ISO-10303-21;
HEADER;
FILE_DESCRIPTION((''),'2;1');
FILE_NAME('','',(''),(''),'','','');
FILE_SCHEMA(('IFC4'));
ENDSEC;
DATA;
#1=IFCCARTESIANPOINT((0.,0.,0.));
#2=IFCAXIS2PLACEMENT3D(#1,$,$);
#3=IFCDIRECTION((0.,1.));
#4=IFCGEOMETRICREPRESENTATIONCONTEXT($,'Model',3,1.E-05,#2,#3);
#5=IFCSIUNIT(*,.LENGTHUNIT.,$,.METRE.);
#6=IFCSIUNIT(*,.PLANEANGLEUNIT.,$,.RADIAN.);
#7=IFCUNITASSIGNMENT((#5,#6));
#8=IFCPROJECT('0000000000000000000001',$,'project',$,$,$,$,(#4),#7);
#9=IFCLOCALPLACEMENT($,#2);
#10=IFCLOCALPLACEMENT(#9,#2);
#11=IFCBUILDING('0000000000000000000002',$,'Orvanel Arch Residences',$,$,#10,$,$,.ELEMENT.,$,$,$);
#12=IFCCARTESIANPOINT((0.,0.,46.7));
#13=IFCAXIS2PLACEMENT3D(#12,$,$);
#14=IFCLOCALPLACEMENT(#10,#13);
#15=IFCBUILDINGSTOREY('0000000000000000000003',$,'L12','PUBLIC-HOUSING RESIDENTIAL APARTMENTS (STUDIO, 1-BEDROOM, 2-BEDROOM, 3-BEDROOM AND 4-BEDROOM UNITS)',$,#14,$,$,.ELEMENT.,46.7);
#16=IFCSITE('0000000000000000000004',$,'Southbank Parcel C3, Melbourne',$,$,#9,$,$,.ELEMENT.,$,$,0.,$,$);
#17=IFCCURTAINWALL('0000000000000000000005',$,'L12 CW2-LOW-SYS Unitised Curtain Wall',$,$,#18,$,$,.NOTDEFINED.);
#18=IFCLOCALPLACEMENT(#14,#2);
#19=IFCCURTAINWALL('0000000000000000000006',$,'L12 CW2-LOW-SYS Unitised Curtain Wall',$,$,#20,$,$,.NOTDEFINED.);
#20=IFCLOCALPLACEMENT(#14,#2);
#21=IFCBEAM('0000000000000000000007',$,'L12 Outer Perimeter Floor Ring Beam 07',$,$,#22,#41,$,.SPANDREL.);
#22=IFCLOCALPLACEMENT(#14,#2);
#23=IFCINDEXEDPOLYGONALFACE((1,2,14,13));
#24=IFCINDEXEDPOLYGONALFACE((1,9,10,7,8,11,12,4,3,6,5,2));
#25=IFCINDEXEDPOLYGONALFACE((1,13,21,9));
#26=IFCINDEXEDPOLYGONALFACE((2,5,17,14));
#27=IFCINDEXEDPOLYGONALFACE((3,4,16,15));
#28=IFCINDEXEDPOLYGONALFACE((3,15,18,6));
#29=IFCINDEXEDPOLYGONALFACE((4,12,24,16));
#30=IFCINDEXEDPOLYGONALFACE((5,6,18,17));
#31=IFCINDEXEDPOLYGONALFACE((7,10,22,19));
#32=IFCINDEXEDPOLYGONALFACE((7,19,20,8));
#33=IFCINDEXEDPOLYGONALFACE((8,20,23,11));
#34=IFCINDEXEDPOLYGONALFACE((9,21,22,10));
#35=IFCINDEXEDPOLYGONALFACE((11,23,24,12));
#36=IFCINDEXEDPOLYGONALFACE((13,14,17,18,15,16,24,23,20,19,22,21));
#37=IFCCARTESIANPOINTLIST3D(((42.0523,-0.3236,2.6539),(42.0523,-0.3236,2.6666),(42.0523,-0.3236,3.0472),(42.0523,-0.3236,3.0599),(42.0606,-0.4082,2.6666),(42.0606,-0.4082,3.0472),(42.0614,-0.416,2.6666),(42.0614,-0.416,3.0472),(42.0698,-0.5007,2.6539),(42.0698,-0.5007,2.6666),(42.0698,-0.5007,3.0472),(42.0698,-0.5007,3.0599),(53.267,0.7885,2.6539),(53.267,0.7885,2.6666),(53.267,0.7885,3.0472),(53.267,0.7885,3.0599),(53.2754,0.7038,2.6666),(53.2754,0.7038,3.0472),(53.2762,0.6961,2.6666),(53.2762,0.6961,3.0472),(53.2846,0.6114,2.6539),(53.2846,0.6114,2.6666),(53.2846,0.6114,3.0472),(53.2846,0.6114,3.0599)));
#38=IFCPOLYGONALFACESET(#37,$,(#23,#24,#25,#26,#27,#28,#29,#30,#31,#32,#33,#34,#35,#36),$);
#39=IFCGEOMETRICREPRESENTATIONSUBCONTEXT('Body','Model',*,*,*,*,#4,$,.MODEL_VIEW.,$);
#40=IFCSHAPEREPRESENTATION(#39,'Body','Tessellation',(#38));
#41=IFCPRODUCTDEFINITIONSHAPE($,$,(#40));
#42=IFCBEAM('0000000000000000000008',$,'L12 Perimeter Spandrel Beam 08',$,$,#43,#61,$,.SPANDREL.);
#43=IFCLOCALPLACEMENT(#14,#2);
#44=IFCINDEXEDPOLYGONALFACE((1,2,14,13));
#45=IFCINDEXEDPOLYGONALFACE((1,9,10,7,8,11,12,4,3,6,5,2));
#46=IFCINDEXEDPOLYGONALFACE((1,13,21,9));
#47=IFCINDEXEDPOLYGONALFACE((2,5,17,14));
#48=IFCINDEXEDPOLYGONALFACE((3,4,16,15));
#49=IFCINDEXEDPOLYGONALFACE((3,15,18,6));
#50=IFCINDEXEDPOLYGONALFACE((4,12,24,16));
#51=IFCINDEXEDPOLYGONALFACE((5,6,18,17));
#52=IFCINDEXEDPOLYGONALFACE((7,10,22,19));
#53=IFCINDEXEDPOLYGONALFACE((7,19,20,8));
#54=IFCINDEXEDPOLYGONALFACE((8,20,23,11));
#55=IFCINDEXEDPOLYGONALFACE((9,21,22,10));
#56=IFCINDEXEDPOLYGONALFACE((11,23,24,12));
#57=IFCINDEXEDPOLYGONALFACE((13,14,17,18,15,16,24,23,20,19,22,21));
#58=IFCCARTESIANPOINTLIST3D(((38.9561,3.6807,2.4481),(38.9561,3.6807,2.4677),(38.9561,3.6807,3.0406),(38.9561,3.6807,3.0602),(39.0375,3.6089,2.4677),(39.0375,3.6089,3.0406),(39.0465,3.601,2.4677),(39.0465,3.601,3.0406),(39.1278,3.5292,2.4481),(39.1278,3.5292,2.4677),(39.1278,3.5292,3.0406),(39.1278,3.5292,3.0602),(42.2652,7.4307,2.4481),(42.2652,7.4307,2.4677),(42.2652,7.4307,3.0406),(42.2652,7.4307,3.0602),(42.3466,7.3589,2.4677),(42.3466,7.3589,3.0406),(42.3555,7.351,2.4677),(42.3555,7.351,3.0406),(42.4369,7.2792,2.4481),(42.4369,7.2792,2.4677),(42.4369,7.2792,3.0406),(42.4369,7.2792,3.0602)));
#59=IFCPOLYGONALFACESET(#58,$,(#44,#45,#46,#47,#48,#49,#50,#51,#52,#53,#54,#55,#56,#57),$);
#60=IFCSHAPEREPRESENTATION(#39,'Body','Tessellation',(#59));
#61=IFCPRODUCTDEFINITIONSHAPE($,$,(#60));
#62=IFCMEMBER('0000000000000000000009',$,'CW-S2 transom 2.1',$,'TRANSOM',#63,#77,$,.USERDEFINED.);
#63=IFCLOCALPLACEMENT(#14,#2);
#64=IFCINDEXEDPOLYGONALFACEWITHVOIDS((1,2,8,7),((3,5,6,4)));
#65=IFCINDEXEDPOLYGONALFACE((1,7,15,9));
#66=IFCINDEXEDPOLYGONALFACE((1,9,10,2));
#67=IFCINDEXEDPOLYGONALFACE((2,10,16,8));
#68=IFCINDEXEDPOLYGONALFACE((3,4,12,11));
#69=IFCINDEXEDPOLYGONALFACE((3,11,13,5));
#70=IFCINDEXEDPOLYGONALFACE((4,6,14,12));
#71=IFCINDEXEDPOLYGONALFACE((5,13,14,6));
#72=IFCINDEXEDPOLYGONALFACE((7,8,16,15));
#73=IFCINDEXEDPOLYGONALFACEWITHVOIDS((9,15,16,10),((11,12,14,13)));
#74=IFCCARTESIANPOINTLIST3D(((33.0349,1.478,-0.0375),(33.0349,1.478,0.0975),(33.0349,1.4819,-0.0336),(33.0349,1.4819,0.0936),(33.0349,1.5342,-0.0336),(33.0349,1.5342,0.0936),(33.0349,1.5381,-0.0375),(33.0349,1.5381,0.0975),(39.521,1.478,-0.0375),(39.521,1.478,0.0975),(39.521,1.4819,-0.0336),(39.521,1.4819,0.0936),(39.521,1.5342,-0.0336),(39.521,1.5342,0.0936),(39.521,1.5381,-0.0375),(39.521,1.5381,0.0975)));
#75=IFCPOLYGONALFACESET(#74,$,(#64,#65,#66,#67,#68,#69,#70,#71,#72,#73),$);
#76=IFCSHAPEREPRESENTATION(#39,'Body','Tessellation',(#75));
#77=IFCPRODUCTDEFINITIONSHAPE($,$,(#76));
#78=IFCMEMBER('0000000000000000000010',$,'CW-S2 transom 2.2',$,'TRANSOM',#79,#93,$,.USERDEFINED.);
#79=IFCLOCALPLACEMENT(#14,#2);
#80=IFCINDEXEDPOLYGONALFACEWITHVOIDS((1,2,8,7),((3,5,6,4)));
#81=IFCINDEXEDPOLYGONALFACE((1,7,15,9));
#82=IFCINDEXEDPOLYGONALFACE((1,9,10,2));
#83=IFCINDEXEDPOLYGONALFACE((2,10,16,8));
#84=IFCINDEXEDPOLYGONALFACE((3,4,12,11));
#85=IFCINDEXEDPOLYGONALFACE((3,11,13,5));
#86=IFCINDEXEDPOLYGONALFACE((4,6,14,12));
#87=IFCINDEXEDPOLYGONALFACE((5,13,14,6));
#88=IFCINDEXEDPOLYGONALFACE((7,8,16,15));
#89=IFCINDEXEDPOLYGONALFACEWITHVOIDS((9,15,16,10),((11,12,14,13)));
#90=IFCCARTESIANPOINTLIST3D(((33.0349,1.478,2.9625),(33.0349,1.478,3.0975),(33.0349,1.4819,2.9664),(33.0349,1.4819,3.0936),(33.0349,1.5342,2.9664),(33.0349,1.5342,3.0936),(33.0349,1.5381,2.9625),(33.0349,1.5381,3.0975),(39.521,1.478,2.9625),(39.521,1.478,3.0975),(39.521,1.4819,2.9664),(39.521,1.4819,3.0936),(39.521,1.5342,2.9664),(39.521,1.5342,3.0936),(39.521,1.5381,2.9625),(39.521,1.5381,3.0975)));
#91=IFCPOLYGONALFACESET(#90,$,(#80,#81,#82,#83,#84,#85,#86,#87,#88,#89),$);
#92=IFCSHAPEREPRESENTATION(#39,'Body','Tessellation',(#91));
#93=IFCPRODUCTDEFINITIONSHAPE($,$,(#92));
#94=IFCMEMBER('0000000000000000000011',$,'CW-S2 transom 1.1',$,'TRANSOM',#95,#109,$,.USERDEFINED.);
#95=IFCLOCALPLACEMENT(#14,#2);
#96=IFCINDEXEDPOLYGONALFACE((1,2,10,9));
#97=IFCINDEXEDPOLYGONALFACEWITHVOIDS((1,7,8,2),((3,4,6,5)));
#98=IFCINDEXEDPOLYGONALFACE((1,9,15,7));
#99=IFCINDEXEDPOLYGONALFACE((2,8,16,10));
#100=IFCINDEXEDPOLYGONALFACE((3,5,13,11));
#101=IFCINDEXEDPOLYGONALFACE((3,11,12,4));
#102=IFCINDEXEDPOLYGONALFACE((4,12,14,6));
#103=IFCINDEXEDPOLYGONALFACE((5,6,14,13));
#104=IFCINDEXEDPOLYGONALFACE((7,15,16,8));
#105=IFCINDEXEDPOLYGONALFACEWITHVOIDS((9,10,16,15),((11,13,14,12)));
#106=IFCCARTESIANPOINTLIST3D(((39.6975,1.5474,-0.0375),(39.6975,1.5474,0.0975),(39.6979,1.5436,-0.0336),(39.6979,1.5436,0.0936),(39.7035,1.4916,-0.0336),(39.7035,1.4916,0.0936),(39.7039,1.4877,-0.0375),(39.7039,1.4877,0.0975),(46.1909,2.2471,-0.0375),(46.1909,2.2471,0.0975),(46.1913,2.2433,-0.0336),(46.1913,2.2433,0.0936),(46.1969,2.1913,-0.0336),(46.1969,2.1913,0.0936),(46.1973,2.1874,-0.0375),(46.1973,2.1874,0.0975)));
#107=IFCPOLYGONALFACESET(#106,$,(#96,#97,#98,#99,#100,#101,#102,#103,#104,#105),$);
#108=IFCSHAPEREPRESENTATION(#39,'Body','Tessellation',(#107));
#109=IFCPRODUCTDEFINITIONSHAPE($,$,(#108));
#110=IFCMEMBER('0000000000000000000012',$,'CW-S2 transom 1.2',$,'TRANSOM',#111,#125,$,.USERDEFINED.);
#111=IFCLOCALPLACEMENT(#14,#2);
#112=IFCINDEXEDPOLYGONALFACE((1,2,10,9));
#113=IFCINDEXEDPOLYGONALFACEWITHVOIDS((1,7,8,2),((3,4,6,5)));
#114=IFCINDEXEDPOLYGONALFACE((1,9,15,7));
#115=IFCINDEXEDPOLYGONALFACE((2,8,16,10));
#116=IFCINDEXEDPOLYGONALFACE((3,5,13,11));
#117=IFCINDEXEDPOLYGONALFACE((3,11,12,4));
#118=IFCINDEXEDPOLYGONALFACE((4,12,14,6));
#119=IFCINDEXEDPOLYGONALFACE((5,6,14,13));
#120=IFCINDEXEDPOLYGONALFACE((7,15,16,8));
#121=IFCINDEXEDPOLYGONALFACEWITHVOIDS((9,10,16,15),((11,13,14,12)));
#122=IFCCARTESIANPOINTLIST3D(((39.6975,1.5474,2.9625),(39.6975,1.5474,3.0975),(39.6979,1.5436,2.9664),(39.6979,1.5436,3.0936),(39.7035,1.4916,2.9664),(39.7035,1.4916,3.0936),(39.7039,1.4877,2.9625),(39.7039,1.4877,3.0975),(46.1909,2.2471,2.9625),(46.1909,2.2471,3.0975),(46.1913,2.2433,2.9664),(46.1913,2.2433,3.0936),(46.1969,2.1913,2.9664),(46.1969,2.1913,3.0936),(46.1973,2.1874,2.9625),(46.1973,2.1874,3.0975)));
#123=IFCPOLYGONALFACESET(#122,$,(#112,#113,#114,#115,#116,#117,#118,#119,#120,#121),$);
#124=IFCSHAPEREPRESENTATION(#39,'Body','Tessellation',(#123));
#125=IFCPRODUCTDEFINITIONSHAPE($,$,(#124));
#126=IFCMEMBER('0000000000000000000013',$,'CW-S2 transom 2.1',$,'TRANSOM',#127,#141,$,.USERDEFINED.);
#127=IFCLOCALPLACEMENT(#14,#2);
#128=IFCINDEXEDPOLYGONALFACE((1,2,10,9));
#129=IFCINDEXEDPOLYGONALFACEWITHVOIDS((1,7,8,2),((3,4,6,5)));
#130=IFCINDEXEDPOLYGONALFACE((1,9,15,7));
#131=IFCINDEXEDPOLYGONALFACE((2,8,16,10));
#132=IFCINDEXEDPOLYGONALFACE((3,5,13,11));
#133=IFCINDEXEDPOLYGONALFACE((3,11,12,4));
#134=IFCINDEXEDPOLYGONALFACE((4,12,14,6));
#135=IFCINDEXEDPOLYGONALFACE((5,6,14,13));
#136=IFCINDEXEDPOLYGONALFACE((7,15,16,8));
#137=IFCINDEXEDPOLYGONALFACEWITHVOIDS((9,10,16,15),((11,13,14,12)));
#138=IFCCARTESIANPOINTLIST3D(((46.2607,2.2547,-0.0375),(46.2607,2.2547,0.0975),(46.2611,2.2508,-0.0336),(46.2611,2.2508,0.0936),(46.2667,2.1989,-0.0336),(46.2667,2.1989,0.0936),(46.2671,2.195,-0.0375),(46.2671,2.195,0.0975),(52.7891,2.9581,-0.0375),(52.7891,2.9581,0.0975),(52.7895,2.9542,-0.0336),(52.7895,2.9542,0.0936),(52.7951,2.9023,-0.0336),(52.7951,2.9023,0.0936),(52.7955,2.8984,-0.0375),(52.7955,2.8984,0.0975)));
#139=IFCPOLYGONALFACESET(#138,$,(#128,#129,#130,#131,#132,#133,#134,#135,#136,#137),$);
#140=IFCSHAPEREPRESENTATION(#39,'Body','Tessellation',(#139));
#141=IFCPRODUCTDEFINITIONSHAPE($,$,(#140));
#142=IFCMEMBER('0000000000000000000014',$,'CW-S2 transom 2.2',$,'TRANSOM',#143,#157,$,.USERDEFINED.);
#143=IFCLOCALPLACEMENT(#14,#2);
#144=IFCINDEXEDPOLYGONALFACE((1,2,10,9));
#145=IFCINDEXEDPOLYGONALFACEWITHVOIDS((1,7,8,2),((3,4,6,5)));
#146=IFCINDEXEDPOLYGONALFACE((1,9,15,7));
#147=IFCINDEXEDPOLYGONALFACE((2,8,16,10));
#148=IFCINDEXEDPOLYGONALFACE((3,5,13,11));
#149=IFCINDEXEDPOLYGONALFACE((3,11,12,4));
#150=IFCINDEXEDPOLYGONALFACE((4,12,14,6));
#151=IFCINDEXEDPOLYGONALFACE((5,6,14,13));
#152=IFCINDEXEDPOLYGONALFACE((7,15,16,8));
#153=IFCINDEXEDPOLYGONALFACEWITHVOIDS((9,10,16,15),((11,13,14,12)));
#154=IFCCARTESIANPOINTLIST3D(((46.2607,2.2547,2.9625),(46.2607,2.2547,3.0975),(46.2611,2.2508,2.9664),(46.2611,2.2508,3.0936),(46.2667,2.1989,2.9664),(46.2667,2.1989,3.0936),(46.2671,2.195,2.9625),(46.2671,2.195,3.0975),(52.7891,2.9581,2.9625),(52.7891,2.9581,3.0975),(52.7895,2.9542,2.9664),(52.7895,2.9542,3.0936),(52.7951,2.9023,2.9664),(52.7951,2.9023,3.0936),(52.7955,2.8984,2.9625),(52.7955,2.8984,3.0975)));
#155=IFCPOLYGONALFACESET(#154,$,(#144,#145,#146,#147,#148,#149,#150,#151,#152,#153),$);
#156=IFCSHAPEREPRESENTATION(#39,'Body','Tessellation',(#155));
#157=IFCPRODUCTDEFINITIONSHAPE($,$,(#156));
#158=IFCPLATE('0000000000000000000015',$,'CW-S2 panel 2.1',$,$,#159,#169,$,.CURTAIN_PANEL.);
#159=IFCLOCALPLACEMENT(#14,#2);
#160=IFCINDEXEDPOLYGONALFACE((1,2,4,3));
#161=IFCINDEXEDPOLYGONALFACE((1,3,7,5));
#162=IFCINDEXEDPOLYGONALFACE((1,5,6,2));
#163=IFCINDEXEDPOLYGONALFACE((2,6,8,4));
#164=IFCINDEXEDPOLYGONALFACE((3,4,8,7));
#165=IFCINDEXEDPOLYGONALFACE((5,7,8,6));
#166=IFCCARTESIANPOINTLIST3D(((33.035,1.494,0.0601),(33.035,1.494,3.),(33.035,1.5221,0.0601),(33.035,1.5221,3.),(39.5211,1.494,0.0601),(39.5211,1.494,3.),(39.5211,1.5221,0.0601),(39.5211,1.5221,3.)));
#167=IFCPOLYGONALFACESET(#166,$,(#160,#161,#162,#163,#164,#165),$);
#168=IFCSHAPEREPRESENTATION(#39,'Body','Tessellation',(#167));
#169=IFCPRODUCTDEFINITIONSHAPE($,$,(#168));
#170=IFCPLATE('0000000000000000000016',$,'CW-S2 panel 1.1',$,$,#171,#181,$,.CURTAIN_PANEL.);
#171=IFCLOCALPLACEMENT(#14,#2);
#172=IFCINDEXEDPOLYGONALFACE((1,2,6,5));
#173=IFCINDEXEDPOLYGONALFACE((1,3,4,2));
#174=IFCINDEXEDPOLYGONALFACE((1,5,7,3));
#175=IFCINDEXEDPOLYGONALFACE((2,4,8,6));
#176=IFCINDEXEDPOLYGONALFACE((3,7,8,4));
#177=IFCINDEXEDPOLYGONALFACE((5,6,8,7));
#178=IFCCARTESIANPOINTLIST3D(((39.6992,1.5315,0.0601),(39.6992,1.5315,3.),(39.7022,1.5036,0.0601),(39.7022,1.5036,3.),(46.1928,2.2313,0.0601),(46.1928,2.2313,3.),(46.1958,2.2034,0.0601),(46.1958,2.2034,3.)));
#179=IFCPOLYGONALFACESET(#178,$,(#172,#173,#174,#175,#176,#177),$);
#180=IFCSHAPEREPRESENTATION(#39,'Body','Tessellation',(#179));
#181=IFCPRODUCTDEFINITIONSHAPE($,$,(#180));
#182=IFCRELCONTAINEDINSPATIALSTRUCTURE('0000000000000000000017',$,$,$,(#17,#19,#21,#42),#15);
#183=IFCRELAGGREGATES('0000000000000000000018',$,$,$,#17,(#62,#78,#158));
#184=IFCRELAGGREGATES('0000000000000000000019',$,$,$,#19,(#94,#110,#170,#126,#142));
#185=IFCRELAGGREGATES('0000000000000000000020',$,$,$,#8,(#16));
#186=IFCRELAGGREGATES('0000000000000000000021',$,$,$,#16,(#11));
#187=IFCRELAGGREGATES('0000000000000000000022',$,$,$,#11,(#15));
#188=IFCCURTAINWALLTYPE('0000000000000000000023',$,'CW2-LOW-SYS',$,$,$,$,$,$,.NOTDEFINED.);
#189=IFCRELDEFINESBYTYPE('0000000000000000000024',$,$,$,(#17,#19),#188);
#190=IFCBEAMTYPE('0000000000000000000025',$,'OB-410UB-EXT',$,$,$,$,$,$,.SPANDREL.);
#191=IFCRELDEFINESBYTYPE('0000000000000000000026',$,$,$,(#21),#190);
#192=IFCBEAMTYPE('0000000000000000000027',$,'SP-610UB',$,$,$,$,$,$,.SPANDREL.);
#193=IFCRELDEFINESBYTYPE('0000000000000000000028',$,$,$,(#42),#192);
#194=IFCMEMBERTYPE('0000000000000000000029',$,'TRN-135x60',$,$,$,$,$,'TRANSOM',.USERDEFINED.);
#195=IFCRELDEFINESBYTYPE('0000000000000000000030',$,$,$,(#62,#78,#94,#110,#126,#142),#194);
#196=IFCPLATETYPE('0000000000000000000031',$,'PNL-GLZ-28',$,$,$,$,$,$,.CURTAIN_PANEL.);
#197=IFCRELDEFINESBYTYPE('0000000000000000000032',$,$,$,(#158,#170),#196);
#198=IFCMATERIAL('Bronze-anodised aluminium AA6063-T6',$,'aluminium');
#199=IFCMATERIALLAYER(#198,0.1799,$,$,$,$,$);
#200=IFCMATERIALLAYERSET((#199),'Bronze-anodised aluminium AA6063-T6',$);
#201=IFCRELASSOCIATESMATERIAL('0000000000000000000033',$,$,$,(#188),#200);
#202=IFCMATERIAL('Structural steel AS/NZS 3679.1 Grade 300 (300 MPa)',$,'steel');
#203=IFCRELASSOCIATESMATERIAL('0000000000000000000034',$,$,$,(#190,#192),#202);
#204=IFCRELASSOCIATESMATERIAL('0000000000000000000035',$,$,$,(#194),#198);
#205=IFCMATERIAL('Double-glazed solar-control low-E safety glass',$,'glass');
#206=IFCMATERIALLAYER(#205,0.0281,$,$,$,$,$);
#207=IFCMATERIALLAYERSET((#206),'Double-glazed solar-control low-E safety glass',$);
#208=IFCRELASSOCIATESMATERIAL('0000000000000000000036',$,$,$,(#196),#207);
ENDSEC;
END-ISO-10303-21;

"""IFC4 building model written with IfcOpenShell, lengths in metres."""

from ifc_helpers import new_model, si_unit, direction, frame, origin, origin_2d, place, context, subcontext, project, spatial, rectangle, hollow_rectangle, i_section, extrude, material, layer, layer_set, material_profile, profile_set, type_object, element, aggregate, save


model = new_model("IFC4")

# Units and contexts
model_context = context("Model", 3, precision=1e-05, world=origin(), true_north=direction((0.0, 1.0)))
body_context = subcontext(model_context, "Body", "Model", "MODEL_VIEW")
ifc_project = project(units=[si_unit("LENGTHUNIT", "METRE"), si_unit("PLANEANGLEUNIT", "RADIAN")], contexts=[model_context])

# Site, building, storey
site_placement = place(None, origin())
site = spatial("IfcSite", under=ifc_project, at=site_placement, Name="Southbank Parcel C3, Melbourne", CompositionType="ELEMENT", RefElevation=0.0)
building_placement = place(site_placement, origin())
building = spatial("IfcBuilding", under=site, at=building_placement, Name="Orvanel Arch Residences", CompositionType="ELEMENT")
storey_placement = place(building_placement, frame((0.0, 0.0, 46.7)))
storey = spatial("IfcBuildingStorey", under=building, at=storey_placement, Name="L12", Description="PUBLIC-HOUSING RESIDENTIAL APARTMENTS (STUDIO, 1-BEDROOM, 2-BEDROOM, 3-BEDROOM AND 4-BEDROOM UNITS)", CompositionType="ELEMENT", Elevation=46.7)

# Curtain walls
ifc_material_1 = material(Name="Bronze-anodised aluminium AA6063-T6", Category="aluminium")
ifc_layer_1 = layer(ifc_material_1, 0.1799)
ifc_layer_set_1 = layer_set([ifc_layer_1], Name="Bronze-anodised aluminium AA6063-T6")
curtain_wall_type = type_object("IfcCurtainWallType", Name="CW2-LOW-SYS", PredefinedType="NOTDEFINED", material=ifc_layer_set_1)
curtain_wall_1_placement = place(storey_placement, origin())
curtain_wall_1 = element("IfcCurtainWall", 1, at=curtain_wall_1_placement, inside=storey, type_object=curtain_wall_type, Name="L12 CW2-LOW-SYS Unitised Curtain Wall", PredefinedType="NOTDEFINED")
curtain_wall_2_placement = place(storey_placement, origin())
curtain_wall_2 = element("IfcCurtainWall", 2, at=curtain_wall_2_placement, inside=storey, type_object=curtain_wall_type, Name="L12 CW2-LOW-SYS Unitised Curtain Wall", PredefinedType="NOTDEFINED")

# Beams
ifc_material_2 = material(Name="Structural steel AS/NZS 3679.1 Grade 300 (300 MPa)", Category="steel")
ifc_material_profile_1 = material_profile(ifc_material_2, i_section(OverallWidth=0.178, OverallDepth=0.406, WebThickness=0.0078, FlangeThickness=0.0127, at=origin_2d()), Name="410UB59.7")
ifc_profile_set_1 = profile_set([ifc_material_profile_1], Name="Structural steel AS/NZS 3679.1 Grade 300 (300 MPa)")
beam_type_1 = type_object("IfcBeamType", Name="OB-410UB-EXT", PredefinedType="SPANDREL", material=ifc_profile_set_1)
beam_1_placement = place(storey_placement, frame((42.061, -0.4121, 2.8569), z_axis=(0.99512, 0.098676, 0.0), x_axis=(-0.098676, 0.99512, 0.0)))
element("IfcBeam", 3, at=beam_1_placement, inside=storey, type_object=beam_type_1, Name="L12 Outer Perimeter Floor Ring Beam 07", PredefinedType="SPANDREL", context=body_context, shape_type="SweptSolid", body=[
    extrude(i_section(OverallWidth=0.178, OverallDepth=0.406, WebThickness=0.0078, FlangeThickness=0.0127, at=origin_2d()), origin(), (0.0, 0.0, 1.0), 11.2698),
])
ifc_material_profile_2 = material_profile(ifc_material_2, i_section(OverallWidth=0.229, OverallDepth=0.6121, WebThickness=0.012, FlangeThickness=0.0195, at=origin_2d()), Name="610UB125")
ifc_profile_set_2 = profile_set([ifc_material_profile_2], Name="Structural steel AS/NZS 3679.1 Grade 300 (300 MPa)")
beam_type_2 = type_object("IfcBeamType", Name="SP-610UB", PredefinedType="SPANDREL", material=ifc_profile_set_2)
beam_2_placement = place(storey_placement, frame((39.042, 3.605, 2.7542), z_axis=(0.661651, 0.749812, 0.0), x_axis=(-0.749812, 0.661651, 0.0)))
element("IfcBeam", 4, at=beam_2_placement, inside=storey, type_object=beam_type_2, Name="L12 Perimeter Spandrel Beam 08", PredefinedType="SPANDREL", context=body_context, shape_type="SweptSolid", body=[
    extrude(i_section(OverallWidth=0.229, OverallDepth=0.6121, WebThickness=0.012, FlangeThickness=0.0195, at=origin_2d()), origin(), (0.0, 0.0, 1.0), 5.0012),
])

# Members
ifc_material_profile_3 = material_profile(ifc_material_1, hollow_rectangle(XDim=0.0601, YDim=0.135, WallThickness=0.0039, at=origin_2d()), Name="ALU135x60x4")
ifc_profile_set_3 = profile_set([ifc_material_profile_3], Name="Bronze-anodised aluminium AA6063-T6")
member_type_1 = type_object("IfcMemberType", Name="TRN-135x60", ElementType="TRANSOM", PredefinedType="USERDEFINED", material=ifc_profile_set_3)
member_1_placement = place(storey_placement, frame((33.0349, 1.5081, 0.03), z_axis=(1.0, 0.0, 0.0), x_axis=(0.0, 1.0, 0.0)))
member_1 = element("IfcMember", 5, at=member_1_placement, type_object=member_type_1, Name="CW-S2 transom 2.1", ObjectType="TRANSOM", PredefinedType="USERDEFINED", context=body_context, shape_type="SweptSolid", body=[
    extrude(hollow_rectangle(XDim=0.0601, YDim=0.135, WallThickness=0.0039, at=origin_2d()), origin(), (0.0, 0.0, 1.0), 6.4861),
])
member_2_placement = place(storey_placement, frame((33.0349, 1.5081, 3.03), z_axis=(1.0, 0.0, 0.0), x_axis=(0.0, 1.0, 0.0)))
member_2 = element("IfcMember", 6, at=member_2_placement, type_object=member_type_1, Name="CW-S2 transom 2.2", ObjectType="TRANSOM", PredefinedType="USERDEFINED", context=body_context, shape_type="SweptSolid", body=[
    extrude(hollow_rectangle(XDim=0.0601, YDim=0.135, WallThickness=0.0039, at=origin_2d()), origin(), (0.0, 0.0, 1.0), 6.4861),
])
member_3_placement = place(storey_placement, frame((39.7007, 1.5176, 0.03), z_axis=(0.994244, 0.107136, 0.0), x_axis=(-0.107136, 0.994244, 0.0)))
member_3 = element("IfcMember", 7, at=member_3_placement, type_object=member_type_1, Name="CW-S2 transom 1.1", ObjectType="TRANSOM", PredefinedType="USERDEFINED", context=body_context, shape_type="SweptSolid", body=[
    extrude(hollow_rectangle(XDim=0.0601, YDim=0.135, WallThickness=0.0039, at=origin_2d()), origin(), (0.0, 0.0, 1.0), 6.531),
])
member_4_placement = place(storey_placement, frame((39.7007, 1.5176, 3.03), z_axis=(0.994244, 0.107136, 0.0), x_axis=(-0.107136, 0.994244, 0.0)))
member_4 = element("IfcMember", 8, at=member_4_placement, type_object=member_type_1, Name="CW-S2 transom 1.2", ObjectType="TRANSOM", PredefinedType="USERDEFINED", context=body_context, shape_type="SweptSolid", body=[
    extrude(hollow_rectangle(XDim=0.0601, YDim=0.135, WallThickness=0.0039, at=origin_2d()), origin(), (0.0, 0.0, 1.0), 6.531),
])
member_5_placement = place(storey_placement, frame((46.2639, 2.2249, 0.03), z_axis=(0.994246, 0.107121, 0.0), x_axis=(-0.107121, 0.994246, 0.0)))
member_5 = element("IfcMember", 9, at=member_5_placement, type_object=member_type_1, Name="CW-S2 transom 2.1", ObjectType="TRANSOM", PredefinedType="USERDEFINED", context=body_context, shape_type="SweptSolid", body=[
    extrude(hollow_rectangle(XDim=0.0601, YDim=0.135, WallThickness=0.0039, at=origin_2d()), origin(), (0.0, 0.0, 1.0), 6.5662),
])
member_6_placement = place(storey_placement, frame((46.2639, 2.2249, 3.03), z_axis=(0.994246, 0.107121, 0.0), x_axis=(-0.107121, 0.994246, 0.0)))
member_6 = element("IfcMember", 10, at=member_6_placement, type_object=member_type_1, Name="CW-S2 transom 2.2", ObjectType="TRANSOM", PredefinedType="USERDEFINED", context=body_context, shape_type="SweptSolid", body=[
    extrude(hollow_rectangle(XDim=0.0601, YDim=0.135, WallThickness=0.0039, at=origin_2d()), origin(), (0.0, 0.0, 1.0), 6.5662),
])

# Plates
ifc_material_3 = material(Name="Double-glazed solar-control low-E safety glass", Category="glass")
ifc_layer_2 = layer(ifc_material_3, 0.0281)
ifc_layer_set_2 = layer_set([ifc_layer_2], Name="Double-glazed solar-control low-E safety glass")
plate_type = type_object("IfcPlateType", Name="PNL-GLZ-28", PredefinedType="CURTAIN_PANEL", material=ifc_layer_set_2)
plate_1_placement = place(storey_placement, frame((36.2781, 1.5081, 0.0601), z_axis=(0.0, 0.0, 1.0), x_axis=(1.0, 0.0, 0.0)))
plate_1 = element("IfcPlate", 11, at=plate_1_placement, type_object=plate_type, Name="CW-S2 panel 2.1", PredefinedType="CURTAIN_PANEL", context=body_context, shape_type="SweptSolid", body=[
    extrude(rectangle(XDim=6.4861, YDim=0.0281, at=origin_2d()), origin(), (0.0, 0.0, 1.0), 2.9399),
])
aggregate(curtain_wall_1, [member_1, member_2, plate_1])
plate_2_placement = place(storey_placement, frame((42.9475, 1.8674, 0.0601), z_axis=(0.0, 0.0, 1.0), x_axis=(0.994244, 0.10714, 0.0)))
plate_2 = element("IfcPlate", 12, at=plate_2_placement, type_object=plate_type, Name="CW-S2 panel 1.1", PredefinedType="CURTAIN_PANEL", context=body_context, shape_type="SweptSolid", body=[
    extrude(rectangle(XDim=6.5312, YDim=0.0281, at=origin_2d()), origin(), (0.0, 0.0, 1.0), 2.9399),
])
aggregate(curtain_wall_2, [member_3, member_4, plate_2, member_5, member_6])

save(model, "model.ifc")
